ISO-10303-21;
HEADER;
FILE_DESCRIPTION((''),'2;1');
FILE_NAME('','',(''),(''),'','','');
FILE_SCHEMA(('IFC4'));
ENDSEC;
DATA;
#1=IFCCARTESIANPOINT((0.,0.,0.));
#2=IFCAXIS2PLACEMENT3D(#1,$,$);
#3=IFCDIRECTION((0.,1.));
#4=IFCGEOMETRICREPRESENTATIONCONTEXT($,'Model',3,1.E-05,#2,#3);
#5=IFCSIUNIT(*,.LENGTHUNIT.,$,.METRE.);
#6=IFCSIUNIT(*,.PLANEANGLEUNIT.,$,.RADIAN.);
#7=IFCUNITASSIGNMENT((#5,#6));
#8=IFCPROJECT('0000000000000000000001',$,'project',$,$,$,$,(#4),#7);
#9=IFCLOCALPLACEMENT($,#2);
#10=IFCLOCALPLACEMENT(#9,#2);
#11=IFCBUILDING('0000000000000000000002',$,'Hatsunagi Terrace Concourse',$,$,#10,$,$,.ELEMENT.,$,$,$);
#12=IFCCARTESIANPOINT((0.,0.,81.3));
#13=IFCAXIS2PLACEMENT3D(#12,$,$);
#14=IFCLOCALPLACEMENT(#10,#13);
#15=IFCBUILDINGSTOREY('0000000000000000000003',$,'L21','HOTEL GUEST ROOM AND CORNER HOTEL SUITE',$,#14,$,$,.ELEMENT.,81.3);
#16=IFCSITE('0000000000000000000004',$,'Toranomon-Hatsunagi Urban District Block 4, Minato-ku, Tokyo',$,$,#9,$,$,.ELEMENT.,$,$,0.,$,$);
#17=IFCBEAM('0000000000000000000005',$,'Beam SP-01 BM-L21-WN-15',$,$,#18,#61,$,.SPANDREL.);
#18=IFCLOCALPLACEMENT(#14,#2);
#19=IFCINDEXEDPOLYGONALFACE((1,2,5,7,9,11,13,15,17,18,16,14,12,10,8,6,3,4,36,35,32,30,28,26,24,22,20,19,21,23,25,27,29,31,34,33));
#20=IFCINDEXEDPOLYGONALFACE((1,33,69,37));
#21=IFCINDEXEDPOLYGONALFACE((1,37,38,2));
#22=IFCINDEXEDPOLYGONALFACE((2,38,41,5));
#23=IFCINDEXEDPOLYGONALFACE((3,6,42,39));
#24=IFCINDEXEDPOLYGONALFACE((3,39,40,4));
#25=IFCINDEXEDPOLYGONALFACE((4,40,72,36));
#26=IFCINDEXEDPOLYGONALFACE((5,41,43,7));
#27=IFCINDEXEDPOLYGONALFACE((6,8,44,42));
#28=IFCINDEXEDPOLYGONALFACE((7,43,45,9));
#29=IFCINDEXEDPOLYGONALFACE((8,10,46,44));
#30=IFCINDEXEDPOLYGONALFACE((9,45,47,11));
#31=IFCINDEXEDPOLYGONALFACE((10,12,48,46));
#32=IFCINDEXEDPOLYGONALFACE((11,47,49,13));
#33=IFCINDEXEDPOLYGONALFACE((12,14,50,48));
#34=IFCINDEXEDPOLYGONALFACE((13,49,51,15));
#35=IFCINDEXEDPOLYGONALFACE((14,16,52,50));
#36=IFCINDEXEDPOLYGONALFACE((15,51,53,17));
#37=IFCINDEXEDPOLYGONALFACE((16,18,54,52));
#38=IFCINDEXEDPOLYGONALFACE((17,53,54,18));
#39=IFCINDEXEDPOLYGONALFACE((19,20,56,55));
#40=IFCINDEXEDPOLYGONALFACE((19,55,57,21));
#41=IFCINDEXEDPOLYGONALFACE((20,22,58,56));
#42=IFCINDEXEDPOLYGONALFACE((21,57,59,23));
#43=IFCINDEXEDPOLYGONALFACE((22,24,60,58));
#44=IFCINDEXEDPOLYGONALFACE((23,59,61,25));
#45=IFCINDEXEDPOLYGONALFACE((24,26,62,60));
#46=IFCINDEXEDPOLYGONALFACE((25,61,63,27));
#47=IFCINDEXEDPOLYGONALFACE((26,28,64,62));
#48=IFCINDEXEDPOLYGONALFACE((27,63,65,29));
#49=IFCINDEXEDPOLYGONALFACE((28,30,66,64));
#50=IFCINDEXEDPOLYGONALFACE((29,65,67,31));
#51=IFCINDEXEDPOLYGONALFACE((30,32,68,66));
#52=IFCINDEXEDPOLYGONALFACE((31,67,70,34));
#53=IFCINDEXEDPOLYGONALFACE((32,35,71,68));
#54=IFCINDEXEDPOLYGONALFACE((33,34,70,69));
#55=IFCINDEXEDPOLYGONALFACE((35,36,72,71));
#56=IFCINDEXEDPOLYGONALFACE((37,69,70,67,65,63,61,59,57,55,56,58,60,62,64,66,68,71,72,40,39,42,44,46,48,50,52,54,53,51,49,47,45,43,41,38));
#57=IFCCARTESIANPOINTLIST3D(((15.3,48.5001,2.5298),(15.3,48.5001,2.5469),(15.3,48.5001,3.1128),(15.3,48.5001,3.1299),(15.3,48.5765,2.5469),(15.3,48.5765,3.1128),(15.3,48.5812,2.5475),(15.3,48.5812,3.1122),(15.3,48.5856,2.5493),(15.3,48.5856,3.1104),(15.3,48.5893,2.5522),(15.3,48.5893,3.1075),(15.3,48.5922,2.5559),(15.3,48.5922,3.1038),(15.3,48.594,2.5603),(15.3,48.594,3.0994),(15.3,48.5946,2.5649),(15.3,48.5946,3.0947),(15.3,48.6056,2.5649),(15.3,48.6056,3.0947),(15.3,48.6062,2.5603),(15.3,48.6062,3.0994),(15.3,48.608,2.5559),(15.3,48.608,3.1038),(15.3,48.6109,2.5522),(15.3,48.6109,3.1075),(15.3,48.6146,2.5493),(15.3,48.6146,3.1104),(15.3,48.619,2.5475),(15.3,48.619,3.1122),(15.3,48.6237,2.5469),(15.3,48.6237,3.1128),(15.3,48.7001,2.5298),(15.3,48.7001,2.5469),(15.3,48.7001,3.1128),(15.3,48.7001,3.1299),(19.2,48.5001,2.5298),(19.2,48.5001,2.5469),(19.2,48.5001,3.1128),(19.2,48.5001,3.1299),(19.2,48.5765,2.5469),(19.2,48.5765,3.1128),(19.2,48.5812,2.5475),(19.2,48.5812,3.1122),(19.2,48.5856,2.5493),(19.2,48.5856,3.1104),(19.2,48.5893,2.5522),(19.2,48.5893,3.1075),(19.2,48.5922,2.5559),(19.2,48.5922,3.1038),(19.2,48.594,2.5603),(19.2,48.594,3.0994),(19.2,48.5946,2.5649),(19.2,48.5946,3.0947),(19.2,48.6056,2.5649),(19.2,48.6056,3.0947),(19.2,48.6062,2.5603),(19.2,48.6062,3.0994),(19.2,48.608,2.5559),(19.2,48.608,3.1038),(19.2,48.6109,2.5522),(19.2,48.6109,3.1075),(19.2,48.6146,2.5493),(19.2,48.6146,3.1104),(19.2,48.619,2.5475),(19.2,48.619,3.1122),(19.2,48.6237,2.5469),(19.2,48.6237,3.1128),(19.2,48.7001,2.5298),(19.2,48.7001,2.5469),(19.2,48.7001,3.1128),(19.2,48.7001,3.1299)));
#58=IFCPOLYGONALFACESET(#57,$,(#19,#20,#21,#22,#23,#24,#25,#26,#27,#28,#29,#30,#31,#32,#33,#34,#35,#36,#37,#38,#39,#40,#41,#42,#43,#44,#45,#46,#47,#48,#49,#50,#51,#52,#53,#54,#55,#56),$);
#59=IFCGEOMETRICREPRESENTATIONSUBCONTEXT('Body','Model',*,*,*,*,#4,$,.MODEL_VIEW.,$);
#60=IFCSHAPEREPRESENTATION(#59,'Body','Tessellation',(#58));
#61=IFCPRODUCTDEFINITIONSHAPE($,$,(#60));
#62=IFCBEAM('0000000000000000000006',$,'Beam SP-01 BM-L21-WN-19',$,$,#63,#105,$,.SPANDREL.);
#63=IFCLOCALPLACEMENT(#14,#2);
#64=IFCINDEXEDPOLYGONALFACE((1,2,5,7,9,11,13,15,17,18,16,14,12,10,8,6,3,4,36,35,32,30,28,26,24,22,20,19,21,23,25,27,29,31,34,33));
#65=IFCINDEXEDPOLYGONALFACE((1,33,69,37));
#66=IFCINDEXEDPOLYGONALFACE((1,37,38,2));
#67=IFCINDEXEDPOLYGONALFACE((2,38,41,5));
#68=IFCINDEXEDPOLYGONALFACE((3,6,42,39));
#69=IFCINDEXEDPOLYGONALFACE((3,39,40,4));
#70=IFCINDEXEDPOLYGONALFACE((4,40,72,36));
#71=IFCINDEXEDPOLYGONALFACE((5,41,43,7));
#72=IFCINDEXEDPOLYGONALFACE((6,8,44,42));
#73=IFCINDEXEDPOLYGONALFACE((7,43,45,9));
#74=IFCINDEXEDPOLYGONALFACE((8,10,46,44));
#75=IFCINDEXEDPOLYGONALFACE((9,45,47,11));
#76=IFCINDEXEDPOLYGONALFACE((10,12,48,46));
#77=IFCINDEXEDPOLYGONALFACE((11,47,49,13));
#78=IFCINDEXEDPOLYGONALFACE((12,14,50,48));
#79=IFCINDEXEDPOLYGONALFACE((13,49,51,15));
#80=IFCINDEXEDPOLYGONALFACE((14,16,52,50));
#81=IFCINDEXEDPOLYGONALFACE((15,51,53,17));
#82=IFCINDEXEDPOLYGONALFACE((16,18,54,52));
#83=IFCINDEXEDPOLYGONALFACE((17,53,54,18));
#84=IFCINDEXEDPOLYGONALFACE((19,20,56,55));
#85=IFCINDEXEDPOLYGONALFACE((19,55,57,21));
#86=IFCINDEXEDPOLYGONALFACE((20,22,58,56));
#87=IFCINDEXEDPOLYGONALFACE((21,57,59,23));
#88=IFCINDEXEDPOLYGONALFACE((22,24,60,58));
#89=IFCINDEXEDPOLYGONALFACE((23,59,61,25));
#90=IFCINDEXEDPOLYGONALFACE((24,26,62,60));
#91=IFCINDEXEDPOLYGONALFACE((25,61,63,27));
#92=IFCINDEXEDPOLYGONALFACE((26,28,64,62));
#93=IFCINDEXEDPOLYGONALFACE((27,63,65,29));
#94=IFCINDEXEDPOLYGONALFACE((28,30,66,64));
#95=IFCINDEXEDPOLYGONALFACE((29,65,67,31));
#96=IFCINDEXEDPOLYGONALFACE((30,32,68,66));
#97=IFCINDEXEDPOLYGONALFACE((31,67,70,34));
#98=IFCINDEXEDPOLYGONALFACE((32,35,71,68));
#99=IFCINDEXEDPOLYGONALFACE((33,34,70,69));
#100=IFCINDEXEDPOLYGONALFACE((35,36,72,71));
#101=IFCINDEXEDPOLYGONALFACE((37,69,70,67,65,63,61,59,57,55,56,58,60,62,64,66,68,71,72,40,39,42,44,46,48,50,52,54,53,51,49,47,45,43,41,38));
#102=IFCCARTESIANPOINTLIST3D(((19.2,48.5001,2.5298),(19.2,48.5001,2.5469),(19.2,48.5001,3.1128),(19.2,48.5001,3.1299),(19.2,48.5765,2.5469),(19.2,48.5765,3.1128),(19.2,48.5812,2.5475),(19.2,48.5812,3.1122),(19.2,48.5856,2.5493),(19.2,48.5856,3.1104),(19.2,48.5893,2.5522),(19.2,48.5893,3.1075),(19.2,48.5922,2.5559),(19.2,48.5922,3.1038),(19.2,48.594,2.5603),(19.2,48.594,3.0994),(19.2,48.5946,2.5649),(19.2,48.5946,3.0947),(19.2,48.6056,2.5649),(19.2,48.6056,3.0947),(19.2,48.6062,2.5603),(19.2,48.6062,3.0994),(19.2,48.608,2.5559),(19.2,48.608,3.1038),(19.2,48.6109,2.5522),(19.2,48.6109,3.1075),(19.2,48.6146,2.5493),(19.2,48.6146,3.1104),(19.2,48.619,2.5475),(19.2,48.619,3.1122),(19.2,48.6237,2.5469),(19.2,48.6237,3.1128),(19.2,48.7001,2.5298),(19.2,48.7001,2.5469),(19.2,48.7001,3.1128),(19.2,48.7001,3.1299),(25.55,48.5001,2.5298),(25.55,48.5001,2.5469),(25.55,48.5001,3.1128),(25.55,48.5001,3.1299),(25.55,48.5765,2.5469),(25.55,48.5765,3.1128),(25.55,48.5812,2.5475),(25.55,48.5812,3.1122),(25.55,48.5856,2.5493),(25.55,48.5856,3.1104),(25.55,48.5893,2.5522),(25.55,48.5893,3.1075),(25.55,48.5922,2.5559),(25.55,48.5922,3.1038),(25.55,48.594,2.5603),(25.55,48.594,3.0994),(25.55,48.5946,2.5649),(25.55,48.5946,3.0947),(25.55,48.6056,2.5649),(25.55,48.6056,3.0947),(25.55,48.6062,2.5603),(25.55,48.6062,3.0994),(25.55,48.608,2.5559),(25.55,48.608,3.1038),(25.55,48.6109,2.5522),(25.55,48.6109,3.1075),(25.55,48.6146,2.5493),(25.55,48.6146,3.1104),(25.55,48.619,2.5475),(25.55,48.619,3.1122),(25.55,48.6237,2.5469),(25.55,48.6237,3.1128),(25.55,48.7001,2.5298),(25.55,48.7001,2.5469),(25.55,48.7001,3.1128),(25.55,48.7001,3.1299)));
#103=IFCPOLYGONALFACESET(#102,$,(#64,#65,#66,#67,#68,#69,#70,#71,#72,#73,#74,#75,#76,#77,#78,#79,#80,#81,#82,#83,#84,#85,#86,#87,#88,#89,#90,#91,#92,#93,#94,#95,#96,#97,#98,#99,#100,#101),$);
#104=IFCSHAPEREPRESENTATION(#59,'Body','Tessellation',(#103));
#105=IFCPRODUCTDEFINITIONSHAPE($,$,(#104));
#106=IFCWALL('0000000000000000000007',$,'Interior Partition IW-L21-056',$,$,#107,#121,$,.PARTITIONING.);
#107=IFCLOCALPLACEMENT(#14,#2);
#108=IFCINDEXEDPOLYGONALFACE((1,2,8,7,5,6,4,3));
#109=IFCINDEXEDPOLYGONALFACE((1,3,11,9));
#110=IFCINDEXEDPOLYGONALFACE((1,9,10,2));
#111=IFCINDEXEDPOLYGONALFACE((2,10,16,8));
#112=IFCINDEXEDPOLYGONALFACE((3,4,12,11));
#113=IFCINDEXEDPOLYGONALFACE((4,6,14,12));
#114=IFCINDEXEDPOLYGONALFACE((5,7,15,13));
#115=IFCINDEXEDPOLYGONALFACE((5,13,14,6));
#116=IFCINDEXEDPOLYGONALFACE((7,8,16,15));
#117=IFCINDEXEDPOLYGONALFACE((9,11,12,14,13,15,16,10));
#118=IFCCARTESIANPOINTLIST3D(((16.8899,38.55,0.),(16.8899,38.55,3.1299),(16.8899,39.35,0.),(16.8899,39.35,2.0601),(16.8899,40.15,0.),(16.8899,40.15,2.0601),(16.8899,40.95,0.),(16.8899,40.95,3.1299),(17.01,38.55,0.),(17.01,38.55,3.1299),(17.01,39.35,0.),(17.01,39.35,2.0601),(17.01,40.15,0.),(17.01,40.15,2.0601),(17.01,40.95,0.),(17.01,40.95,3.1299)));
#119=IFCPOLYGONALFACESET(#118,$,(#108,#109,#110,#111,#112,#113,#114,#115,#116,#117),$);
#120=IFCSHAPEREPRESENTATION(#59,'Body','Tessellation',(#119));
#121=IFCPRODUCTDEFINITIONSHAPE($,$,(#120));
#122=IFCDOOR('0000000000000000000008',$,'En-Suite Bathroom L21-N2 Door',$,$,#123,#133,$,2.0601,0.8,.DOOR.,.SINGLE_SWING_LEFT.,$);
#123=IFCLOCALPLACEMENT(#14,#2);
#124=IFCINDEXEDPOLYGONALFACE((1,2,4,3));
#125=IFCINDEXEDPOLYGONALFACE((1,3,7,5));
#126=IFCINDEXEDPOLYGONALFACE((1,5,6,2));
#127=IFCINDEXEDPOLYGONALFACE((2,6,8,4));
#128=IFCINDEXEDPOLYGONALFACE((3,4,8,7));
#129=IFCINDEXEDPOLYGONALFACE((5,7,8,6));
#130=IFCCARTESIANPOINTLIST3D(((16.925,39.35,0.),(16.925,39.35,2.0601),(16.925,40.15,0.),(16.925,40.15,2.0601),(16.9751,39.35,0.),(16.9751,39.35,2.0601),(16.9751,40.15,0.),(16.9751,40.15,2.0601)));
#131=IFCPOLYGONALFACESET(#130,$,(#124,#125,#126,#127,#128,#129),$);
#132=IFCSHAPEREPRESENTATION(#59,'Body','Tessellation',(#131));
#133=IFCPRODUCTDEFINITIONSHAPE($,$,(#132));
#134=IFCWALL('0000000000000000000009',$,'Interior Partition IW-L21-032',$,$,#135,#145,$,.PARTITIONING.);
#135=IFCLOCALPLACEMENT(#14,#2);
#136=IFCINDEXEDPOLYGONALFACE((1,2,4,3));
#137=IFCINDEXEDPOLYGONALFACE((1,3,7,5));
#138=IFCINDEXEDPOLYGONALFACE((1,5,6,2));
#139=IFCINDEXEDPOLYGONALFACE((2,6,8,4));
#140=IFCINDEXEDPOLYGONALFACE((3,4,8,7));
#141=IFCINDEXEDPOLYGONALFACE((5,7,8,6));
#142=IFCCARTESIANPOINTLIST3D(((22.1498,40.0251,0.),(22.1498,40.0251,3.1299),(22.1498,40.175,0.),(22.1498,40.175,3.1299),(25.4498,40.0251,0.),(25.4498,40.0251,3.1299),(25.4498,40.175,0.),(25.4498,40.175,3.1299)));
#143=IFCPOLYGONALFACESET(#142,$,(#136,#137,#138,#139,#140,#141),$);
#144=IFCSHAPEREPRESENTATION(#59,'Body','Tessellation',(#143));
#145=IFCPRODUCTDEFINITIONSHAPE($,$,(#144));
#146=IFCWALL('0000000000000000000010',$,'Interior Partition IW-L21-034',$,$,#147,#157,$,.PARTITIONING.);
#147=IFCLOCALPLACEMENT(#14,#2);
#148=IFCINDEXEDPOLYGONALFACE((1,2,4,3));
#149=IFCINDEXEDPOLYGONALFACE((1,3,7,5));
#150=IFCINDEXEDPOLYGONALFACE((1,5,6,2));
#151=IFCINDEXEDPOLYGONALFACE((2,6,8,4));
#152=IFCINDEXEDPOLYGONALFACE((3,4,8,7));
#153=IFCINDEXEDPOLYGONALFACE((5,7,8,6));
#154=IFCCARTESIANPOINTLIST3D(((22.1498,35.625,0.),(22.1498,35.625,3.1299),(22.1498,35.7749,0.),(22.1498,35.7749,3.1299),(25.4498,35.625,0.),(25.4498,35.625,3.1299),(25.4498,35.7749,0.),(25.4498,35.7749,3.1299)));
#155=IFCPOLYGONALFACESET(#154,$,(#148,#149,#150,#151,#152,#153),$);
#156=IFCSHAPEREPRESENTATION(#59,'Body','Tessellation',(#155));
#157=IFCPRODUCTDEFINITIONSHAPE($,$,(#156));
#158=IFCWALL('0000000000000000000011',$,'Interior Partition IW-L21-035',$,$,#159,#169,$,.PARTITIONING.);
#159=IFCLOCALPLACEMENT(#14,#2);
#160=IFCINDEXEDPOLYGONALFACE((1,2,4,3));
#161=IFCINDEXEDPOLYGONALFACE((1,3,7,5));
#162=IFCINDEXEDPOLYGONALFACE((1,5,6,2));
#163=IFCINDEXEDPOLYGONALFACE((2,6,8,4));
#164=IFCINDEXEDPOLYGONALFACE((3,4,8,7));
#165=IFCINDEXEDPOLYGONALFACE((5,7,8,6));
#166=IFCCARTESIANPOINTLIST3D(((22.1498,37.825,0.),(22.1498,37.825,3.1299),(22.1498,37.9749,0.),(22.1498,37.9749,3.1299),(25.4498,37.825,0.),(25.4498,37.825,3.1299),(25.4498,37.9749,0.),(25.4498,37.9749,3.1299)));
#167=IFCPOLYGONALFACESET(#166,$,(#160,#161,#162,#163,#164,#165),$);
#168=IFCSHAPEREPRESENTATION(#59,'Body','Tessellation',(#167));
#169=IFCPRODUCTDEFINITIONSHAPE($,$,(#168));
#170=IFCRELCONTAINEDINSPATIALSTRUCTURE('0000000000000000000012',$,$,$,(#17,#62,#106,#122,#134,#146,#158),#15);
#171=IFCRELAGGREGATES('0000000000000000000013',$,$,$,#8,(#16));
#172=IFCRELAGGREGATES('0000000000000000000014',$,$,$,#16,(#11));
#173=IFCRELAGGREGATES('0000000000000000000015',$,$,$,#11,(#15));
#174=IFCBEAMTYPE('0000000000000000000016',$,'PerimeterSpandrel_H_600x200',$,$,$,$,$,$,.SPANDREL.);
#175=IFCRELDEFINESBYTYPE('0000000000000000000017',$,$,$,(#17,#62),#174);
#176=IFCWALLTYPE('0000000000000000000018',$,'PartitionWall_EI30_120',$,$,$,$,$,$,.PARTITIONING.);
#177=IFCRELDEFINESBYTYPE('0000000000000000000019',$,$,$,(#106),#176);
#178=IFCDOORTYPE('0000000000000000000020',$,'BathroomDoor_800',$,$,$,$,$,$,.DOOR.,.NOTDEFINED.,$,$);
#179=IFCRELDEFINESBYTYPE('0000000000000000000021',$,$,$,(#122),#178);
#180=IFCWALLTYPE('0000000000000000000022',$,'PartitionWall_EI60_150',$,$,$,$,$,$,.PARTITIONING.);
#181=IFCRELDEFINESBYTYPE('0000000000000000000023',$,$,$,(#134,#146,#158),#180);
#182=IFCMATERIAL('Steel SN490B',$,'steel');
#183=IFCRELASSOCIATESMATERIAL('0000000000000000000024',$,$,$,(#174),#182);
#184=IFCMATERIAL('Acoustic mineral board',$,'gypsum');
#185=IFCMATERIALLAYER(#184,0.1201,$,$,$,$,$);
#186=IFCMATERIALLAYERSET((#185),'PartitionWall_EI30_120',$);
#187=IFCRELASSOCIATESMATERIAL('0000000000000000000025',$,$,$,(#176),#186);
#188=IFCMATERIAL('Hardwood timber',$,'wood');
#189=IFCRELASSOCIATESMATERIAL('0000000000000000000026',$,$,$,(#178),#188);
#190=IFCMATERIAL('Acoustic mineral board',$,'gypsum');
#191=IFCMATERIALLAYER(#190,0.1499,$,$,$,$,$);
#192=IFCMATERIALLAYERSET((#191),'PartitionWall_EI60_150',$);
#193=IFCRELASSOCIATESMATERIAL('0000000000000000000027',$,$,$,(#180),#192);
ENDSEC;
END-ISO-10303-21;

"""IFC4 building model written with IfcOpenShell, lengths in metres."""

from ifc_helpers import new_model, si_unit, direction, frame, frame_2d, origin, origin_2d, place, context, subcontext, project, spatial, rectangle, i_section, extrude, material, layer, layer_set, material_profile, profile_set, type_object, element, fill, save


model = new_model("IFC4")

# Units and contexts
model_context = context("Model", 3, precision=1e-05, world=origin(), true_north=direction((0.0, 1.0)))
body_context = subcontext(model_context, "Body", "Model", "MODEL_VIEW")
ifc_project = project(units=[si_unit("LENGTHUNIT", "METRE"), si_unit("PLANEANGLEUNIT", "RADIAN")], contexts=[model_context])

# Site, building, storey
site_placement = place(None, origin())
site = spatial("IfcSite", under=ifc_project, at=site_placement, Name="Toranomon-Hatsunagi Urban District Block 4, Minato-ku, Tokyo", CompositionType="ELEMENT", RefElevation=0.0)
building_placement = place(site_placement, origin())
building = spatial("IfcBuilding", under=site, at=building_placement, Name="Hatsunagi Terrace Concourse", CompositionType="ELEMENT")
storey_placement = place(building_placement, frame((0.0, 0.0, 81.3)))
storey = spatial("IfcBuildingStorey", under=building, at=storey_placement, Name="L21", Description="HOTEL GUEST ROOM AND CORNER HOTEL SUITE", CompositionType="ELEMENT", Elevation=81.3)

# Beams
ifc_material_1 = material(Name="Steel SN490B", Category="steel")
ifc_material_profile_1 = material_profile(ifc_material_1, i_section(OverallWidth=0.2, OverallDepth=0.6001, WebThickness=0.011, FlangeThickness=0.0171, FilletRadius=0.0181, at=origin_2d()), Name="H-600x200x11x17")
ifc_profile_set_1 = profile_set([ifc_material_profile_1], Name="Steel SN490B")
beam_type_1 = type_object("IfcBeamType", Name="PerimeterSpandrel_H_600x200", PredefinedType="SPANDREL", material=ifc_profile_set_1)
beam_1_placement = place(storey_placement, frame((15.3, 48.6001, 2.8298), z_axis=(1.0, 0.0, 0.0), x_axis=(0.0, 1.0, 0.0)))
element("IfcBeam", 1, at=beam_1_placement, inside=storey, type_object=beam_type_1, Name="Beam SP-01 BM-L21-WN-15", PredefinedType="SPANDREL", context=body_context, shape_type="SweptSolid", body=[
    extrude(i_section(OverallWidth=0.2, OverallDepth=0.6001, WebThickness=0.011, FlangeThickness=0.0171, FilletRadius=0.0181, at=origin_2d()), origin(), (0.0, 0.0, 1.0), 3.8999),
])
beam_2_placement = place(storey_placement, frame((19.2, 48.6001, 2.8298), z_axis=(1.0, 0.0, 0.0), x_axis=(0.0, 1.0, 0.0)))
element("IfcBeam", 2, at=beam_2_placement, inside=storey, type_object=beam_type_1, Name="Beam SP-01 BM-L21-WN-19", PredefinedType="SPANDREL", context=body_context, shape_type="SweptSolid", body=[
    extrude(i_section(OverallWidth=0.2, OverallDepth=0.6001, WebThickness=0.011, FlangeThickness=0.0171, FilletRadius=0.0181, at=origin_2d()), origin(), (0.0, 0.0, 1.0), 6.3501),
])

# Wall, opening, door
ifc_material_2 = material(Name="Acoustic mineral board", Category="gypsum")
ifc_layer_1 = layer(ifc_material_2, 0.1201)
ifc_layer_set_1 = layer_set([ifc_layer_1], Name="PartitionWall_EI30_120")
wall_type_1 = type_object("IfcWallType", Name="PartitionWall_EI30_120", PredefinedType="PARTITIONING", material=ifc_layer_set_1)
wall_1_placement = place(storey_placement, frame((16.95, 38.55, 0.0), z_axis=(0.0, 0.0, 1.0), x_axis=(0.0, 1.0, 0.0)))
wall_1 = element("IfcWall", 3, at=wall_1_placement, inside=storey, type_object=wall_type_1, Name="Interior Partition IW-L21-056", PredefinedType="PARTITIONING", context=body_context, shape_type="SweptSolid", body=[
    extrude(rectangle(XDim=2.3999, YDim=0.1201, at=frame_2d((1.2, 0.0))), origin(), (0.0, 0.0, 1.0), 3.1299),
])
opening_1_placement = place(wall_1_placement, frame((0.8, 0.0, 0.0)))
opening_1 = element("IfcOpeningElement", 4, at=opening_1_placement, cuts=wall_1, PredefinedType="OPENING", context=body_context, shape_type="SweptSolid", body=[
    extrude(rectangle(XDim=0.8, YDim=2.0601, at=frame_2d((0.3999, 1.03))), frame((0.0, 0.0701, 0.0), z_axis=(0.0, -1.0, 0.0), x_axis=(1.0, 0.0, 0.0)), (0.0, 0.0, 1.0), 0.1401),
])
ifc_material_3 = material(Name="Hardwood timber", Category="wood")
door_type_1 = type_object("IfcDoorType", Name="BathroomDoor_800", OperationType="NOTDEFINED", PredefinedType="DOOR", material=ifc_material_3)
door_1_placement = place(opening_1_placement, origin())
door_1 = element("IfcDoor", 5, at=door_1_placement, inside=storey, type_object=door_type_1, Name="En-Suite Bathroom L21-N2 Door", OperationType="SINGLE_SWING_LEFT", OverallHeight=2.0601, OverallWidth=0.8, PredefinedType="DOOR", context=body_context, shape_type="SweptSolid", body=[
    extrude(rectangle(XDim=0.8, YDim=2.0601, at=frame_2d((0.3999, 1.03))), frame((0.0, 0.0249, 0.0), z_axis=(0.0, -1.0, 0.0), x_axis=(1.0, 0.0, 0.0)), (0.0, 0.0, 1.0), 0.05),
])
fill(opening_1, door_1)

# Walls
ifc_material_4 = material(Name="Acoustic mineral board", Category="gypsum")
ifc_layer_2 = layer(ifc_material_4, 0.1499)
ifc_layer_set_2 = layer_set([ifc_layer_2], Name="PartitionWall_EI60_150")
wall_type_2 = type_object("IfcWallType", Name="PartitionWall_EI60_150", PredefinedType="PARTITIONING", material=ifc_layer_set_2)
for number, where, z_axis, x_axis, name in (
    (6, (22.1499, 40.1001, 0.0), (0.0, 0.0, 1.0), (1.0, 0.0, 0.0), "Interior Partition IW-L21-032"),
    (7, (22.1499, 35.7, 0.0), (0.0, 0.0, 1.0), (1.0, 0.0, 0.0), "Interior Partition IW-L21-034"),
    (8, (22.1499, 37.8999, 0.0), (0.0, 0.0, 1.0), (1.0, 0.0, 0.0), "Interior Partition IW-L21-035"),
):
    element("IfcWall", number, at=place(storey_placement, frame(where, z_axis=z_axis, x_axis=x_axis)), inside=storey, type_object=wall_type_2, Name=name, PredefinedType="PARTITIONING", context=body_context, shape_type="SweptSolid", body=[
        extrude(rectangle(XDim=3.3, YDim=0.1499, at=frame_2d((1.6499, 0.0))), origin(), (0.0, 0.0, 1.0), 3.1299),
    ])

save(model, "model.ifc")
